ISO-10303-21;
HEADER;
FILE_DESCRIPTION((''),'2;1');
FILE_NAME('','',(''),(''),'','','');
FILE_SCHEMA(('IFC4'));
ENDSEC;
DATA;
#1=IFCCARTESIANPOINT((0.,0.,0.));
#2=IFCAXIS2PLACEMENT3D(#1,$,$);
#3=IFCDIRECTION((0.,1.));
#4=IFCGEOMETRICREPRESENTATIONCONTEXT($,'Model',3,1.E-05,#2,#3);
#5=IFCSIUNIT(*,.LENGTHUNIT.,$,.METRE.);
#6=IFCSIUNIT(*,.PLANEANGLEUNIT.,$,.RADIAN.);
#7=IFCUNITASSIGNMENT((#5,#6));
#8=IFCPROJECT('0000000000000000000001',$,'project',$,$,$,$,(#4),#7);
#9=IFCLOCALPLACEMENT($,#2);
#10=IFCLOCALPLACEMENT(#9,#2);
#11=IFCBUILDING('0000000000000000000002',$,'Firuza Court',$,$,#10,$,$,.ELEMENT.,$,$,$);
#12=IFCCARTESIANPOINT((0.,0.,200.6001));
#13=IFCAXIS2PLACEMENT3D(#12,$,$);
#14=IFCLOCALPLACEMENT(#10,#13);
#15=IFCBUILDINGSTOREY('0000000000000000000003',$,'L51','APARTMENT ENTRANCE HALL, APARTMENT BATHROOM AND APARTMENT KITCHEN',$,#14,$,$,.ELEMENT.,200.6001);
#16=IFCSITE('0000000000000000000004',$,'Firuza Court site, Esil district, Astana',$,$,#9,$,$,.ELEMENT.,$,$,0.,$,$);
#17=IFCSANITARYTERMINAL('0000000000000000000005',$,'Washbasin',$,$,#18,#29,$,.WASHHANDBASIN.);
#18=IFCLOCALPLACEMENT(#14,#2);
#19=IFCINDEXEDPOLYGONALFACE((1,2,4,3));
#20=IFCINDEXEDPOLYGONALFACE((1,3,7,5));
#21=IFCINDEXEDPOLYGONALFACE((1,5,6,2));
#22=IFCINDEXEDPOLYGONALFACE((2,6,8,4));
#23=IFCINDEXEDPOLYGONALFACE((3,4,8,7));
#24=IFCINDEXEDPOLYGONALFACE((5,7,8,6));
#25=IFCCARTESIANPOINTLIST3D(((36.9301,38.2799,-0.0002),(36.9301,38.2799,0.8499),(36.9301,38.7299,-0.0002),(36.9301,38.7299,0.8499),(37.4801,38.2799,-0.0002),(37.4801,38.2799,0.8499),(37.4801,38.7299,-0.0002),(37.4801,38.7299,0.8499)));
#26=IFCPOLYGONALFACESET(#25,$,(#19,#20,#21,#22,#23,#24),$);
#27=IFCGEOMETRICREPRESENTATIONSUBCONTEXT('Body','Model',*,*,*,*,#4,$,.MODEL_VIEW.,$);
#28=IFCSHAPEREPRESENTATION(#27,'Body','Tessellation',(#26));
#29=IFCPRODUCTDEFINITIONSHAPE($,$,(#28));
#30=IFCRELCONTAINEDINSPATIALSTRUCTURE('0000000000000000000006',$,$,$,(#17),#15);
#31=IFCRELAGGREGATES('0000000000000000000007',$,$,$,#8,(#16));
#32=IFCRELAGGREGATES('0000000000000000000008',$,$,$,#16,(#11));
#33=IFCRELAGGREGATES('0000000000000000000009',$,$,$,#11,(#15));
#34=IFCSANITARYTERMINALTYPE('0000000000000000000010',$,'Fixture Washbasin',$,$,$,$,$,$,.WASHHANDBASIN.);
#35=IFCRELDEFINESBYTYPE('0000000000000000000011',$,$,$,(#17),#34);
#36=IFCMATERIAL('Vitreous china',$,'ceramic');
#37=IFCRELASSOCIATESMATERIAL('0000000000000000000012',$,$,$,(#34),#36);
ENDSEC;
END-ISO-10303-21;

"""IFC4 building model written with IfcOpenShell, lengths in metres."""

from ifc_helpers import new_model, si_unit, direction, frame, origin, origin_2d, place, context, subcontext, project, spatial, rectangle, extrude, material, type_object, element, save


model = new_model("IFC4")

# Units and contexts
model_context = context("Model", 3, precision=1e-05, world=origin(), true_north=direction((0.0, 1.0)))
body_context = subcontext(model_context, "Body", "Model", "MODEL_VIEW")
ifc_project = project(units=[si_unit("LENGTHUNIT", "METRE"), si_unit("PLANEANGLEUNIT", "RADIAN")], contexts=[model_context])

# Site, building, storey
site_placement = place(None, origin())
site = spatial("IfcSite", under=ifc_project, at=site_placement, Name="Firuza Court site, Esil district, Astana", CompositionType="ELEMENT", RefElevation=0.0)
building_placement = place(site_placement, origin())
building = spatial("IfcBuilding", under=site, at=building_placement, Name="Firuza Court", CompositionType="ELEMENT")
storey_placement = place(building_placement, frame((0.0, 0.0, 200.6001)))
storey = spatial("IfcBuildingStorey", under=building, at=storey_placement, Name="L51", Description="APARTMENT ENTRANCE HALL, APARTMENT BATHROOM AND APARTMENT KITCHEN", CompositionType="ELEMENT", Elevation=200.6001)

# Sanitary terminal
ifc_material_1 = material(Name="Vitreous china", Category="ceramic")
sanitary_terminal_type_1 = type_object("IfcSanitaryTerminalType", Name="Fixture Washbasin", PredefinedType="WASHHANDBASIN", material=ifc_material_1)
for number, where, z_axis, x_axis, name in (
    (1, (37.2051, 38.5049, -0.0002), (0.0, 0.0, 1.0), (1.0, 0.0, 0.0), "Washbasin"),
):
    element("IfcSanitaryTerminal", number, at=place(storey_placement, frame(where, z_axis=z_axis, x_axis=x_axis)), inside=storey, type_object=sanitary_terminal_type_1, Name=name, PredefinedType="WASHHANDBASIN", context=body_context, shape_type="SweptSolid", body=[
        extrude(rectangle(XDim=0.55, YDim=0.45, at=origin_2d()), origin(), (0.0, 0.0, 1.0), 0.8501),
    ])

save(model, "model.ifc")
